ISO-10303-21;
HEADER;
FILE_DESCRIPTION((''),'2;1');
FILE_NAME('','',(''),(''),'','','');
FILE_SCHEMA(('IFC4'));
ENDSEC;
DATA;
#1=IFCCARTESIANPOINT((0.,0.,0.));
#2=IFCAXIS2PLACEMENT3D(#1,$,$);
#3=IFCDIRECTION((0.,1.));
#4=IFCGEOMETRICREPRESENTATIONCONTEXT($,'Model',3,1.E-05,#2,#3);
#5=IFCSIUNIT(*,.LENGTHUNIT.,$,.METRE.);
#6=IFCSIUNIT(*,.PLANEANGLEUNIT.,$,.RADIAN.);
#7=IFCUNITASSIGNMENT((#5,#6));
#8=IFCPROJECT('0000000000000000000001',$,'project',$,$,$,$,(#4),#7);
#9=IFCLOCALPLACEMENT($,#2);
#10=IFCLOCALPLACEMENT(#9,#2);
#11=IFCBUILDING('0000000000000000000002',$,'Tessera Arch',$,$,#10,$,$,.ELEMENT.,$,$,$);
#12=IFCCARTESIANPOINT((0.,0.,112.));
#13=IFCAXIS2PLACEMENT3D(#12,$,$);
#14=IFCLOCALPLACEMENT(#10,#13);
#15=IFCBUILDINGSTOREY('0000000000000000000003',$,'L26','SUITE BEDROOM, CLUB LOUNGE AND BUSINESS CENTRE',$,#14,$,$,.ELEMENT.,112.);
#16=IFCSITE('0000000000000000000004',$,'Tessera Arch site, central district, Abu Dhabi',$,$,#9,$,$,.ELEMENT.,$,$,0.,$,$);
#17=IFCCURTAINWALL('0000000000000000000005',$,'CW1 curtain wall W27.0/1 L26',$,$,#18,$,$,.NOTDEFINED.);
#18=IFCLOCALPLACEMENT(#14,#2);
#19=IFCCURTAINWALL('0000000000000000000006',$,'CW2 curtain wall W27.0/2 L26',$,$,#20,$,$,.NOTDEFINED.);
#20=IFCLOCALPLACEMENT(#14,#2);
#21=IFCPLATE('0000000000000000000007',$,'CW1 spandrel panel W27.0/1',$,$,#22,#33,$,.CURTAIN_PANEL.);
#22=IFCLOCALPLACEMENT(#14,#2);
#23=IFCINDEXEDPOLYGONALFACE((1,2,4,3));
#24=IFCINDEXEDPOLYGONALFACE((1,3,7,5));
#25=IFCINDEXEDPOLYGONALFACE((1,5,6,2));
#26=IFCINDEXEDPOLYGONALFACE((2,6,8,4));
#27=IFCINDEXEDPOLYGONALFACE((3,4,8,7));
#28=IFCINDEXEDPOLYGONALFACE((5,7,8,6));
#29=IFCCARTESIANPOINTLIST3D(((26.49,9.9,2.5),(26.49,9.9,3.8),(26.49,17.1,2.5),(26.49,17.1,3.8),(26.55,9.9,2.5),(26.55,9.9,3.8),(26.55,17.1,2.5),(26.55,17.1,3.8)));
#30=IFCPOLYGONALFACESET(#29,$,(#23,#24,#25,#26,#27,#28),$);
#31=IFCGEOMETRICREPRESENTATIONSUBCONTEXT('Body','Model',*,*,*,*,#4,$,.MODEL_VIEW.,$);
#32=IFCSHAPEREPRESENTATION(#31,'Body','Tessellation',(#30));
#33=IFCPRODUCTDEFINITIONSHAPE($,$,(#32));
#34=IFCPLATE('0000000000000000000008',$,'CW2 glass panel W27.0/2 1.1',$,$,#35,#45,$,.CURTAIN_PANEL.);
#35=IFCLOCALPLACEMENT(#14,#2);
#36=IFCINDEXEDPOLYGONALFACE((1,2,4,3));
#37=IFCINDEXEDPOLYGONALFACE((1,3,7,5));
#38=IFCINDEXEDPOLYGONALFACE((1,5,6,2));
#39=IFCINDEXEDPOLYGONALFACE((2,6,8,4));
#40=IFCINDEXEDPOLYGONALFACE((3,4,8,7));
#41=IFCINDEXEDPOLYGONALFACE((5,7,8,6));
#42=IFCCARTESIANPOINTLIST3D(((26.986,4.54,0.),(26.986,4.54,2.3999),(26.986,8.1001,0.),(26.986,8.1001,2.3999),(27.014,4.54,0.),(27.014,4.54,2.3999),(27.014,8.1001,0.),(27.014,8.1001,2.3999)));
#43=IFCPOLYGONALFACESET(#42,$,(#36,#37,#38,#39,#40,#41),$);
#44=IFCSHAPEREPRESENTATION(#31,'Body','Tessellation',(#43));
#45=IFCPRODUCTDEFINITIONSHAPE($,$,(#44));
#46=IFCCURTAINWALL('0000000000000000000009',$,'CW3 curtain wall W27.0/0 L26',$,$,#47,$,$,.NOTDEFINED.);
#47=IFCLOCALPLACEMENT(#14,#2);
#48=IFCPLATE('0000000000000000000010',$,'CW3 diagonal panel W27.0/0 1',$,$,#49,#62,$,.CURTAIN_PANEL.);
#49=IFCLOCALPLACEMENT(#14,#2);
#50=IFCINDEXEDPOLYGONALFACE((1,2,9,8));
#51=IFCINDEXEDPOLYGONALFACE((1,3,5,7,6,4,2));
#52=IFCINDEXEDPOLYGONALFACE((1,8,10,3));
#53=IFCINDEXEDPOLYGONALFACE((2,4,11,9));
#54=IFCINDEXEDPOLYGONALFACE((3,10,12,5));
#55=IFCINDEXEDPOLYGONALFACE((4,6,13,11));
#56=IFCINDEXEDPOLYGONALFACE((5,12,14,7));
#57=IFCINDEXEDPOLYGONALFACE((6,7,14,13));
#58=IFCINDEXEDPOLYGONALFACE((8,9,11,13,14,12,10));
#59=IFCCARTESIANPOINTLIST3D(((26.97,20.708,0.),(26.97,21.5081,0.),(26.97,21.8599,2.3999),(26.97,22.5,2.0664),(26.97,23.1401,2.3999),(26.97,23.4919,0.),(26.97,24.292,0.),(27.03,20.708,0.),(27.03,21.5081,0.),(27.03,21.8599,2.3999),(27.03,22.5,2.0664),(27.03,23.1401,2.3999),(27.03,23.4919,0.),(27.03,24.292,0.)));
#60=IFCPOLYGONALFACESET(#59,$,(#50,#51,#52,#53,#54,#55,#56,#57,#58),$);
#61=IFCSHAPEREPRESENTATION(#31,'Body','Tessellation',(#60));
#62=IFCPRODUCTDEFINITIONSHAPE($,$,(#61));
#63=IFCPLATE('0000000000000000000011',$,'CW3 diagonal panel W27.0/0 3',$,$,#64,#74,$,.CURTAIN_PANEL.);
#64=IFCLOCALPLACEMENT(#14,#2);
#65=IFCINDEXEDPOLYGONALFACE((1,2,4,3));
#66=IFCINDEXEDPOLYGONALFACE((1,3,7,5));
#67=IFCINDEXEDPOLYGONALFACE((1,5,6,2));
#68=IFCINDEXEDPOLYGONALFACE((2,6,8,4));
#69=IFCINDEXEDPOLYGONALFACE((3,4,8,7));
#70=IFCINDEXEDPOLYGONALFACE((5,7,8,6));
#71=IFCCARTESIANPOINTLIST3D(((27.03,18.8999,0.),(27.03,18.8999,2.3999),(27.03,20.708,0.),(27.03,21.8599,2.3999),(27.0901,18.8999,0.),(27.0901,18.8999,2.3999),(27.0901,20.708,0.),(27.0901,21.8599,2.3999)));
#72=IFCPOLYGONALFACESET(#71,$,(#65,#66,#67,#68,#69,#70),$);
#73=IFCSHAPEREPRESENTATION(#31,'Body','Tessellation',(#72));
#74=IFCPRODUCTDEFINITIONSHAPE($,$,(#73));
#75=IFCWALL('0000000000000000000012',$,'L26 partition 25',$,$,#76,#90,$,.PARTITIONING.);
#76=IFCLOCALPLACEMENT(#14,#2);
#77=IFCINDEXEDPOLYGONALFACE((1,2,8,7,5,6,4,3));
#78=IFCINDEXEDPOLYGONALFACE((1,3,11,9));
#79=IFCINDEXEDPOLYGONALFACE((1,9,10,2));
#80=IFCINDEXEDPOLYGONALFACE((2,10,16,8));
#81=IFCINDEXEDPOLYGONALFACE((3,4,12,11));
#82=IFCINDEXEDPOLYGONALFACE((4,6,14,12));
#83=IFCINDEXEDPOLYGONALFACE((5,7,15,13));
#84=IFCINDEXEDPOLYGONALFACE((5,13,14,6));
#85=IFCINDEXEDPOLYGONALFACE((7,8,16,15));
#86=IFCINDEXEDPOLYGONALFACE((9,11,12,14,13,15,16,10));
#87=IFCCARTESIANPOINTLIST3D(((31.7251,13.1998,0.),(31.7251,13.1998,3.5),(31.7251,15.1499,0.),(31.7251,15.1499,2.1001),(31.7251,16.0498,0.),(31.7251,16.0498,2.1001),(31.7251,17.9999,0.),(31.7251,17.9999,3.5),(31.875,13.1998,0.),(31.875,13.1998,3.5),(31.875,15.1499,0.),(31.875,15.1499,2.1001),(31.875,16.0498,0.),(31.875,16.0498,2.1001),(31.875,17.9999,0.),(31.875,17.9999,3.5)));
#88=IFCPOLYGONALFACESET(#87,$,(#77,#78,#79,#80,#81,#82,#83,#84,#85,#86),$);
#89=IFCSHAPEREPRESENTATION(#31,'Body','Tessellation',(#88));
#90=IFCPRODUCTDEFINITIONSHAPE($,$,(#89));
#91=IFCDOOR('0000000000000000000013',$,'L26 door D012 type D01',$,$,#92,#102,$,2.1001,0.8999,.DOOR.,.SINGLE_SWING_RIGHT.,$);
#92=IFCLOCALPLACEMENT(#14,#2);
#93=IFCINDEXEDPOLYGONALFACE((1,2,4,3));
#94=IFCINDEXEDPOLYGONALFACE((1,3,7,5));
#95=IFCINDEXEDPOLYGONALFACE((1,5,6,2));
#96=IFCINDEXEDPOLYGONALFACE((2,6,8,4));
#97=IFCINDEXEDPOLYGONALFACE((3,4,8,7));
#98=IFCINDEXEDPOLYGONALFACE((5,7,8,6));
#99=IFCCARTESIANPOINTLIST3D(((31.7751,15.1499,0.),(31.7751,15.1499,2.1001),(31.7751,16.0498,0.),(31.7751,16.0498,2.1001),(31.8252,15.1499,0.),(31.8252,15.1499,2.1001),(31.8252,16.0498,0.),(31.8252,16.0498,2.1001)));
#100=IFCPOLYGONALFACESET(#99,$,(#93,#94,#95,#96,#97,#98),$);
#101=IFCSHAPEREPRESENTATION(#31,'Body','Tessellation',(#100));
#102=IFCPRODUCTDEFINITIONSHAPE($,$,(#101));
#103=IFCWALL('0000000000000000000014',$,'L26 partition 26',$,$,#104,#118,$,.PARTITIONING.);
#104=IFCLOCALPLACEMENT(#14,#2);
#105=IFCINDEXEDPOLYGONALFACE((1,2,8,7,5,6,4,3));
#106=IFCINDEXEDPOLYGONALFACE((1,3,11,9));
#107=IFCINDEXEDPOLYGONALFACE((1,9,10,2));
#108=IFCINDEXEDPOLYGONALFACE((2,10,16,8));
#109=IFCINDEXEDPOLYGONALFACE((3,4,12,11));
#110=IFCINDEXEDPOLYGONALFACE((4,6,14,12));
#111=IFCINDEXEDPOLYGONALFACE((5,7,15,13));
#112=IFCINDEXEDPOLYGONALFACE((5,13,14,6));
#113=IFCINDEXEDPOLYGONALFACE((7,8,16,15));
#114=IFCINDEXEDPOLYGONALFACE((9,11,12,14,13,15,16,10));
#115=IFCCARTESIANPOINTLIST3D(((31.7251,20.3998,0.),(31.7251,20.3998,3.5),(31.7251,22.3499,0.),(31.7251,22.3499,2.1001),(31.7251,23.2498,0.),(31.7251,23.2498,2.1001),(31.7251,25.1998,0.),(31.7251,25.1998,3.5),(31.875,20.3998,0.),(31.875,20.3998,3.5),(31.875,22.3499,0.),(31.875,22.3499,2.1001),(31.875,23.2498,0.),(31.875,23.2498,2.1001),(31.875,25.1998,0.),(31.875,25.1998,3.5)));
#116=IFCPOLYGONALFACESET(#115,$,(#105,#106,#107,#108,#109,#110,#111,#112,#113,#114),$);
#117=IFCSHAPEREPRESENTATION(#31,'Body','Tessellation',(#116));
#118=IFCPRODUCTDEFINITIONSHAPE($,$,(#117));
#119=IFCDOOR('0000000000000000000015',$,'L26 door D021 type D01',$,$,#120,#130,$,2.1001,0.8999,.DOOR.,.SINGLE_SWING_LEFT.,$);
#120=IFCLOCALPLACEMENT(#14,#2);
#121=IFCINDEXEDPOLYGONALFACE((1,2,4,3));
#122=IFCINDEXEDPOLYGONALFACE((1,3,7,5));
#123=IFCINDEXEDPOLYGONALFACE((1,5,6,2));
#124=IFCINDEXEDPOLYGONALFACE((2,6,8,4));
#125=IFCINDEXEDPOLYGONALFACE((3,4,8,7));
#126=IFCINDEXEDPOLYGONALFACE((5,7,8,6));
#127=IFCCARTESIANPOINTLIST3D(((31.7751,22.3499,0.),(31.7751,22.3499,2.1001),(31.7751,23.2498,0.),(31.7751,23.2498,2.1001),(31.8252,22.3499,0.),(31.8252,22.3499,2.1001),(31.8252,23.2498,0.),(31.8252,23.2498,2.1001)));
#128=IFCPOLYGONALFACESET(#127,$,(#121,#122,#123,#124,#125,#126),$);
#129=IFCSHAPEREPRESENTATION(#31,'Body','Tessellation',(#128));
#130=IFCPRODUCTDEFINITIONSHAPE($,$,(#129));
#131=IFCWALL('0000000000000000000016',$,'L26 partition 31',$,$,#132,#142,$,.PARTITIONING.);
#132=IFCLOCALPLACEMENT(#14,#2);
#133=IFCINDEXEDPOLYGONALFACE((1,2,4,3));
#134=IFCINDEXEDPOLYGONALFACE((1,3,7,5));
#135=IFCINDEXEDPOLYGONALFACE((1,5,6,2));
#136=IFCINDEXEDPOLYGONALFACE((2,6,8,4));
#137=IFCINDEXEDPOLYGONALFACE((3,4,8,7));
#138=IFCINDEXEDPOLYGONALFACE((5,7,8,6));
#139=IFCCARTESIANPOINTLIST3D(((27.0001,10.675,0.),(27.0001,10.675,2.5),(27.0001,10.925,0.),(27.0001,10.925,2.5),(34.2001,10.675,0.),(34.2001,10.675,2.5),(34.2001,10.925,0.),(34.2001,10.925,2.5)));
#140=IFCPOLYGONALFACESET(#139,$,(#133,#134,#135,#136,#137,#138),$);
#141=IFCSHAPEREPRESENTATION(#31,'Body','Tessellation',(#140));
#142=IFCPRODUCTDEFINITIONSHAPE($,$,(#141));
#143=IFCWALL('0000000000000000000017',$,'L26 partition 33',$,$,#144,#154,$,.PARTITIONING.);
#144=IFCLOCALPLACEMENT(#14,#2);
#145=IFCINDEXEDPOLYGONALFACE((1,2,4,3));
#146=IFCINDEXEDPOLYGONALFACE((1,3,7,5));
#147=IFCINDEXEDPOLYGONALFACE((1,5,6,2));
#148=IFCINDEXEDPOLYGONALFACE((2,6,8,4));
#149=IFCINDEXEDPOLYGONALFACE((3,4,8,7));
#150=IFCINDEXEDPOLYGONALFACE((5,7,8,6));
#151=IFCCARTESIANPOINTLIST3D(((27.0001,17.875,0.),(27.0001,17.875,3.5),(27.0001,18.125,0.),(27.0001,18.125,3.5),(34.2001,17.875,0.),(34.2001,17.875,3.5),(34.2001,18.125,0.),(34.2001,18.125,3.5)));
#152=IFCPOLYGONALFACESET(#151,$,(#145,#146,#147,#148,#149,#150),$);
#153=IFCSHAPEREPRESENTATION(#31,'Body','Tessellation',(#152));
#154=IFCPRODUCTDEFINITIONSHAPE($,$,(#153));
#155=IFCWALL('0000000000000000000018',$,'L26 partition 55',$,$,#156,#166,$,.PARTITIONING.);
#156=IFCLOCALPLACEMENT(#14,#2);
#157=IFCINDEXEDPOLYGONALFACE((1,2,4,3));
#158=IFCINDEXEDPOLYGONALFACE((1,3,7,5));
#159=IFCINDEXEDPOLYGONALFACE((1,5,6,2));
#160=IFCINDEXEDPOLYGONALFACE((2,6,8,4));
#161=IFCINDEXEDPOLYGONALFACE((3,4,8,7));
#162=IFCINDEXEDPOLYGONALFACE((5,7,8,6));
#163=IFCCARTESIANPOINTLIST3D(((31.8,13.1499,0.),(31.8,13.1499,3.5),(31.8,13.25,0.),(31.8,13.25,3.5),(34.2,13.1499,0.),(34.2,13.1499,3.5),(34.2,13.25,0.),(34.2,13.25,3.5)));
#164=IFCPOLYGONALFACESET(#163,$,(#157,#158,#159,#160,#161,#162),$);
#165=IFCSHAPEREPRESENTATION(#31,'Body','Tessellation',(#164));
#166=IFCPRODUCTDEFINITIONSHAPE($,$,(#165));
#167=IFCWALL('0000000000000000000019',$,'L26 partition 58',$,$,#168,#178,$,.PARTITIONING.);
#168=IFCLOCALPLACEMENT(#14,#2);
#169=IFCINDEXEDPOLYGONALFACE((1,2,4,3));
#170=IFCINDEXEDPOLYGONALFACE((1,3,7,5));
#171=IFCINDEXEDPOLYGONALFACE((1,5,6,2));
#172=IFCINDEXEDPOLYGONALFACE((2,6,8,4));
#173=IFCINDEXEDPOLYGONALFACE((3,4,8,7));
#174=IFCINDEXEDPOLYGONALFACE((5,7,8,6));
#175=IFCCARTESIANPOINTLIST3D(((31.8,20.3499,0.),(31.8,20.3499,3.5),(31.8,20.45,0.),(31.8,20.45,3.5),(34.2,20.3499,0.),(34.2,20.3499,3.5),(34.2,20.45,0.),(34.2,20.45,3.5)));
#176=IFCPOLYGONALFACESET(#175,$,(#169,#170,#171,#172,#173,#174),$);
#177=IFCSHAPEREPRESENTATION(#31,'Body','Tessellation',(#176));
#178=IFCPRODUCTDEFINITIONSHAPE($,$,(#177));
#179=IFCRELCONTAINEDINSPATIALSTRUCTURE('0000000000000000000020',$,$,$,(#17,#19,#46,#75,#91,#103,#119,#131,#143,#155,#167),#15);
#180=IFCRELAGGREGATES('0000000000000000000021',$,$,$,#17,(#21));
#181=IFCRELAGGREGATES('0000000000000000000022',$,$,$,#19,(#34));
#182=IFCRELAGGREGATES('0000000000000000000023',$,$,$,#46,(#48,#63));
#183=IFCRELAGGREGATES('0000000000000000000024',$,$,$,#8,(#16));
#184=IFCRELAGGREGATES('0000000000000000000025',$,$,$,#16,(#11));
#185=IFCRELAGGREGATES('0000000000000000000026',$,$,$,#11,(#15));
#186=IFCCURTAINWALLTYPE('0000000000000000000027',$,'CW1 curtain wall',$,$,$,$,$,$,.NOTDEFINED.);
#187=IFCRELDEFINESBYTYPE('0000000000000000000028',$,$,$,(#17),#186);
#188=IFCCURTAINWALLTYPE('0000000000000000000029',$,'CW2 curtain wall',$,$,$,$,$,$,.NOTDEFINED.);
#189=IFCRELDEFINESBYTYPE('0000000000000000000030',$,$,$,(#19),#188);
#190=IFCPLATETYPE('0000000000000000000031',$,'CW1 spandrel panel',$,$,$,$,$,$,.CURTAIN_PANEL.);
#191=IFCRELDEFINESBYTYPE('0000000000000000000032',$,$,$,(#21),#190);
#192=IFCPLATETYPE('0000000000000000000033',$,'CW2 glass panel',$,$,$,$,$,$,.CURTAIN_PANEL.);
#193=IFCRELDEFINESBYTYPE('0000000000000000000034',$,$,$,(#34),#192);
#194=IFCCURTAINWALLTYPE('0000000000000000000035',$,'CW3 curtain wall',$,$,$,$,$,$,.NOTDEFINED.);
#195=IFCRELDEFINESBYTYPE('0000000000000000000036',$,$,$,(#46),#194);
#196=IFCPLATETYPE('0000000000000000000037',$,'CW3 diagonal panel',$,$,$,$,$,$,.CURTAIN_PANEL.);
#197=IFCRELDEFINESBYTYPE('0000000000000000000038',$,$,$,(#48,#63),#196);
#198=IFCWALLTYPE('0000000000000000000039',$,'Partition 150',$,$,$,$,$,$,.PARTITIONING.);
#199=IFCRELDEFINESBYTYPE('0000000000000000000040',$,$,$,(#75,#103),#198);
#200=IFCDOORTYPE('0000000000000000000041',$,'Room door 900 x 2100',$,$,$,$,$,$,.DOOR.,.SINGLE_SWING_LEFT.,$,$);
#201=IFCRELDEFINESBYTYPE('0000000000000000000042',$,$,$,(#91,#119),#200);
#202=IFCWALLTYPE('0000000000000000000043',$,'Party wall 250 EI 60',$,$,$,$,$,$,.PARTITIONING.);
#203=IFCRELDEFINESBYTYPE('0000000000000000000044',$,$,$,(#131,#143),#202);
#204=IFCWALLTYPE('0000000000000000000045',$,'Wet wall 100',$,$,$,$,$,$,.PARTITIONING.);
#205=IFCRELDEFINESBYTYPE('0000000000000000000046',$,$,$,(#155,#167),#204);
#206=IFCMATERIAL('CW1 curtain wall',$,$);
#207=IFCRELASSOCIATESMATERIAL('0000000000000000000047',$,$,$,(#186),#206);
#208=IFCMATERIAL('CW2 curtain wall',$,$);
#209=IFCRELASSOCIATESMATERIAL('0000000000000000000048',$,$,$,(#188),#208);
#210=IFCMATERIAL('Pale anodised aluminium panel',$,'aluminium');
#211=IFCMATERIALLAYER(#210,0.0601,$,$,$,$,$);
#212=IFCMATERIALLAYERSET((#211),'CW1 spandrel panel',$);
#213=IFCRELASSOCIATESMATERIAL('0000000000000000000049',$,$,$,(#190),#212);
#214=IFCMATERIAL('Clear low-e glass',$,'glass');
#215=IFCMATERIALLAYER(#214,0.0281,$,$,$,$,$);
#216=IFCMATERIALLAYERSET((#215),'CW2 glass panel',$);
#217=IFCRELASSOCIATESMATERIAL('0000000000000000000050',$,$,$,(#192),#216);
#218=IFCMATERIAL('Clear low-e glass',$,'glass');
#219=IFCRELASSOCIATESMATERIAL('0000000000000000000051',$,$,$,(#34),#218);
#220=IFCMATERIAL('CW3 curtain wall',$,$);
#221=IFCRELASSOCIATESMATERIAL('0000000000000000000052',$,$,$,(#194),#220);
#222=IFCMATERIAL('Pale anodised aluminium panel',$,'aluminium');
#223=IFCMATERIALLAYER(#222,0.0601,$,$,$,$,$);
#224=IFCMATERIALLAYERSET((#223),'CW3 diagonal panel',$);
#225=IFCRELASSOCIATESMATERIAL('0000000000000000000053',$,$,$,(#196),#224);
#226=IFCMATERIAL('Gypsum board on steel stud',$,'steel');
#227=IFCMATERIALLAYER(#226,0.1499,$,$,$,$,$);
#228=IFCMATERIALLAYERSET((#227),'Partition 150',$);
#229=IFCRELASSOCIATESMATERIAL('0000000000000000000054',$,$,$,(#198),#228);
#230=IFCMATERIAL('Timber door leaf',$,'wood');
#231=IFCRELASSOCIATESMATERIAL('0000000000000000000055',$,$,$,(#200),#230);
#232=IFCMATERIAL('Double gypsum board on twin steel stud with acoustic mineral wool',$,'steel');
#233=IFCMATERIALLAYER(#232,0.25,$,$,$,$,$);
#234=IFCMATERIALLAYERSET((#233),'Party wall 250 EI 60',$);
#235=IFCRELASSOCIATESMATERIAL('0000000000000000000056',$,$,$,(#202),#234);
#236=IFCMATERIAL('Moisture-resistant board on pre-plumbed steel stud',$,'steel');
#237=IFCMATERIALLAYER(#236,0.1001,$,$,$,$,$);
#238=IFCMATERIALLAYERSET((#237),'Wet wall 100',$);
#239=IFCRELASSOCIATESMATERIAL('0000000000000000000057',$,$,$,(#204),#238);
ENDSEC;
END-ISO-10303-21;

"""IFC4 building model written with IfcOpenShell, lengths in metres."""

from ifc_helpers import new_model, si_unit, direction, frame, frame_2d, origin, origin_2d, place, context, subcontext, project, spatial, polyline, rectangle, outline, extrude, material, layer, layer_set, type_object, element, fill, aggregate, save


model = new_model("IFC4")

# Units and contexts
model_context = context("Model", 3, precision=1e-05, world=origin(), true_north=direction((0.0, 1.0)))
body_context = subcontext(model_context, "Body", "Model", "MODEL_VIEW")
ifc_project = project(units=[si_unit("LENGTHUNIT", "METRE"), si_unit("PLANEANGLEUNIT", "RADIAN")], contexts=[model_context])

# Site, building, storey
site_placement = place(None, origin())
site = spatial("IfcSite", under=ifc_project, at=site_placement, Name="Tessera Arch site, central district, Abu Dhabi", CompositionType="ELEMENT", RefElevation=0.0)
building_placement = place(site_placement, origin())
building = spatial("IfcBuilding", under=site, at=building_placement, Name="Tessera Arch", CompositionType="ELEMENT")
storey_placement = place(building_placement, frame((0.0, 0.0, 112.0)))
storey = spatial("IfcBuildingStorey", under=building, at=storey_placement, Name="L26", Description="SUITE BEDROOM, CLUB LOUNGE AND BUSINESS CENTRE", CompositionType="ELEMENT", Elevation=112.0)

# Curtain wall
ifc_material_1 = material(Name="CW1 curtain wall")
curtain_wall_type_1 = type_object("IfcCurtainWallType", Name="CW1 curtain wall", PredefinedType="NOTDEFINED", material=ifc_material_1)
curtain_wall_1_placement = place(storey_placement, origin())
curtain_wall_1 = element("IfcCurtainWall", 1, at=curtain_wall_1_placement, inside=storey, type_object=curtain_wall_type_1, Name="CW1 curtain wall W27.0/1 L26", PredefinedType="NOTDEFINED")

# Curtain wall
ifc_material_2 = material(Name="CW2 curtain wall")
curtain_wall_type_2 = type_object("IfcCurtainWallType", Name="CW2 curtain wall", PredefinedType="NOTDEFINED", material=ifc_material_2)
curtain_wall_2_placement = place(storey_placement, origin())
curtain_wall_2 = element("IfcCurtainWall", 2, at=curtain_wall_2_placement, inside=storey, type_object=curtain_wall_type_2, Name="CW2 curtain wall W27.0/2 L26", PredefinedType="NOTDEFINED")

# Plates
ifc_material_3 = material(Name="Clear low-e glass", Category="glass")
ifc_material_4 = material(Name="Pale anodised aluminium panel", Category="aluminium")
ifc_layer_1 = layer(ifc_material_4, 0.0601)
ifc_layer_set_1 = layer_set([ifc_layer_1], Name="CW1 spandrel panel")
plate_type_1 = type_object("IfcPlateType", Name="CW1 spandrel panel", PredefinedType="CURTAIN_PANEL", material=ifc_layer_set_1)
plate_1_placement = place(storey_placement, frame((26.52, 13.5, 2.5), z_axis=(0.0, 0.0, 1.0), x_axis=(0.0, -1.0, 0.0)))
plate_1 = element("IfcPlate", 3, at=plate_1_placement, type_object=plate_type_1, Name="CW1 spandrel panel W27.0/1", PredefinedType="CURTAIN_PANEL", context=body_context, shape_type="SweptSolid", body=[
    extrude(rectangle(XDim=7.2, YDim=0.0601, at=origin_2d()), origin(), (0.0, 0.0, 1.0), 1.3),
])
aggregate(curtain_wall_1, [plate_1])
ifc_material_5 = material(Name="Clear low-e glass", Category="glass")
ifc_layer_2 = layer(ifc_material_5, 0.0281)
ifc_layer_set_2 = layer_set([ifc_layer_2], Name="CW2 glass panel")
plate_type_2 = type_object("IfcPlateType", Name="CW2 glass panel", PredefinedType="CURTAIN_PANEL", material=ifc_layer_set_2)
plate_2_placement = place(storey_placement, frame((27.0, 6.3201, 0.0), z_axis=(0.0, 0.0, 1.0), x_axis=(0.0, -1.0, 0.0)))
plate_2 = element("IfcPlate", 4, at=plate_2_placement, type_object=plate_type_2, material=ifc_material_3, Name="CW2 glass panel W27.0/2 1.1", PredefinedType="CURTAIN_PANEL", context=body_context, shape_type="SweptSolid", body=[
    extrude(rectangle(XDim=3.5601, YDim=0.0281, at=origin_2d()), origin(), (0.0, 0.0, 1.0), 2.3999),
])
aggregate(curtain_wall_2, [plate_2])

# Curtain wall, plates
ifc_material_6 = material(Name="CW3 curtain wall")
curtain_wall_type_3 = type_object("IfcCurtainWallType", Name="CW3 curtain wall", PredefinedType="NOTDEFINED", material=ifc_material_6)
curtain_wall_3_placement = place(storey_placement, origin())
curtain_wall_3 = element("IfcCurtainWall", 5, at=curtain_wall_3_placement, inside=storey, type_object=curtain_wall_type_3, Name="CW3 curtain wall W27.0/0 L26", PredefinedType="NOTDEFINED")
ifc_material_7 = material(Name="Pale anodised aluminium panel", Category="aluminium")
ifc_layer_3 = layer(ifc_material_7, 0.0601)
ifc_layer_set_3 = layer_set([ifc_layer_3], Name="CW3 diagonal panel")
plate_type_3 = type_object("IfcPlateType", Name="CW3 diagonal panel", PredefinedType="CURTAIN_PANEL", material=ifc_layer_set_3)
plate_3_placement = place(storey_placement, frame((26.97, 21.8599, 2.3999), z_axis=(-1.0, 0.0, 0.0), x_axis=(0.0, 1.0, 0.0)))
plate_3 = element("IfcPlate", 6, at=plate_3_placement, type_object=plate_type_3, Name="CW3 diagonal panel W27.0/0 1", PredefinedType="CURTAIN_PANEL", context=body_context, shape_type="SweptSolid", body=[
    extrude(outline(polyline([(0.0, 0.0), (1.2803, 0.0), (2.4321, 2.3999), (1.6321, 2.3999), (0.6401, 0.3335), (-0.3518, 2.3999), (-1.1519, 2.3999), (0.0, 0.0)])), origin(), (0.0, 0.0, -1.0), 0.0601),
])
plate_4_placement = place(storey_placement, frame((27.03, 18.8999, 2.3999), z_axis=(-1.0, 0.0, 0.0), x_axis=(0.0, 1.0, 0.0)))
plate_4 = element("IfcPlate", 7, at=plate_4_placement, type_object=plate_type_3, Name="CW3 diagonal panel W27.0/0 3", PredefinedType="CURTAIN_PANEL", context=body_context, shape_type="SweptSolid", body=[
    extrude(outline(polyline([(0.0, 0.0), (2.96, 0.0), (1.8081, 2.3999), (0.0, 2.3999), (0.0, 0.0)])), origin(), (0.0, 0.0, -1.0), 0.0601),
])
aggregate(curtain_wall_3, [plate_3, plate_4])

# Walls, openings, doors
ifc_material_8 = material(Name="Gypsum board on steel stud", Category="steel")
ifc_layer_4 = layer(ifc_material_8, 0.1499)
ifc_layer_set_4 = layer_set([ifc_layer_4], Name="Partition 150")
wall_type_1 = type_object("IfcWallType", Name="Partition 150", PredefinedType="PARTITIONING", material=ifc_layer_set_4)
wall_1_placement = place(storey_placement, frame((31.8, 13.2, 0.0), z_axis=(0.0, 0.0, 1.0), x_axis=(0.0, 1.0, 0.0)))
wall_1 = element("IfcWall", 8, at=wall_1_placement, inside=storey, type_object=wall_type_1, Name="L26 partition 25", PredefinedType="PARTITIONING", context=body_context, shape_type="SweptSolid", body=[
    extrude(rectangle(XDim=4.8, YDim=0.1499, at=frame_2d((2.3999, 0.0))), origin(), (0.0, 0.0, 1.0), 3.5),
])
opening_1_placement = place(wall_1_placement, frame((1.95, 0.0, 0.0)))
opening_1 = element("IfcOpeningElement", 9, at=opening_1_placement, cuts=wall_1, PredefinedType="OPENING", context=body_context, shape_type="SweptSolid", body=[
    extrude(rectangle(XDim=0.8999, YDim=2.1001, at=frame_2d((0.45, 1.05))), frame((0.0, 0.085, 0.0), z_axis=(0.0, -1.0, 0.0), x_axis=(1.0, 0.0, 0.0)), (0.0, 0.0, 1.0), 0.1699),
])
ifc_material_9 = material(Name="Timber door leaf", Category="wood")
door_type = type_object("IfcDoorType", Name="Room door 900 x 2100", OperationType="SINGLE_SWING_LEFT", PredefinedType="DOOR", material=ifc_material_9)
door_1_placement = place(opening_1_placement, origin())
door_1 = element("IfcDoor", 10, at=door_1_placement, inside=storey, type_object=door_type, Name="L26 door D012 type D01", OperationType="SINGLE_SWING_RIGHT", OverallHeight=2.1001, OverallWidth=0.8999, PredefinedType="DOOR", context=body_context, shape_type="SweptSolid", body=[
    extrude(rectangle(XDim=0.8999, YDim=2.1001, at=frame_2d((0.45, 1.05))), frame((0.0, 0.0249, 0.0), z_axis=(0.0, -1.0, 0.0), x_axis=(1.0, 0.0, 0.0)), (0.0, 0.0, 1.0), 0.05),
])
fill(opening_1, door_1)
wall_2_placement = place(storey_placement, frame((31.8, 20.3999, 0.0), z_axis=(0.0, 0.0, 1.0), x_axis=(0.0, 1.0, 0.0)))
wall_2 = element("IfcWall", 11, at=wall_2_placement, inside=storey, type_object=wall_type_1, Name="L26 partition 26", PredefinedType="PARTITIONING", context=body_context, shape_type="SweptSolid", body=[
    extrude(rectangle(XDim=4.8, YDim=0.1499, at=frame_2d((2.3999, 0.0))), origin(), (0.0, 0.0, 1.0), 3.5),
])
opening_2_placement = place(wall_2_placement, frame((1.95, 0.0, 0.0)))
opening_2 = element("IfcOpeningElement", 12, at=opening_2_placement, cuts=wall_2, PredefinedType="OPENING", context=body_context, shape_type="SweptSolid", body=[
    extrude(rectangle(XDim=0.8999, YDim=2.1001, at=frame_2d((0.45, 1.05))), frame((0.0, 0.085, 0.0), z_axis=(0.0, -1.0, 0.0), x_axis=(1.0, 0.0, 0.0)), (0.0, 0.0, 1.0), 0.1699),
])
door_2_placement = place(opening_2_placement, origin())
door_2 = element("IfcDoor", 13, at=door_2_placement, inside=storey, type_object=door_type, Name="L26 door D021 type D01", OperationType="SINGLE_SWING_LEFT", OverallHeight=2.1001, OverallWidth=0.8999, PredefinedType="DOOR", context=body_context, shape_type="SweptSolid", body=[
    extrude(rectangle(XDim=0.8999, YDim=2.1001, at=frame_2d((0.45, 1.05))), frame((0.0, 0.0249, 0.0), z_axis=(0.0, -1.0, 0.0), x_axis=(1.0, 0.0, 0.0)), (0.0, 0.0, 1.0), 0.05),
])
fill(opening_2, door_2)

# Walls
ifc_material_10 = material(Name="Double gypsum board on twin steel stud with acoustic mineral wool", Category="steel")
ifc_layer_5 = layer(ifc_material_10, 0.25)
ifc_layer_set_5 = layer_set([ifc_layer_5], Name="Party wall 250 EI 60")
wall_type_2 = type_object("IfcWallType", Name="Party wall 250 EI 60", PredefinedType="PARTITIONING", material=ifc_layer_set_5)
wall_3_placement = place(storey_placement, frame((27.0, 10.8, 0.0), z_axis=(0.0, 0.0, 1.0), x_axis=(1.0, 0.0, 0.0)))
element("IfcWall", 14, at=wall_3_placement, inside=storey, type_object=wall_type_2, Name="L26 partition 31", PredefinedType="PARTITIONING", context=body_context, shape_type="SweptSolid", body=[
    extrude(rectangle(XDim=7.2, YDim=0.25, at=frame_2d((3.6001, 0.0))), origin(), (0.0, 0.0, 1.0), 2.5),
])
wall_4_placement = place(storey_placement, frame((27.0, 18.0, 0.0), z_axis=(0.0, 0.0, 1.0), x_axis=(1.0, 0.0, 0.0)))
element("IfcWall", 15, at=wall_4_placement, inside=storey, type_object=wall_type_2, Name="L26 partition 33", PredefinedType="PARTITIONING", context=body_context, shape_type="SweptSolid", body=[
    extrude(rectangle(XDim=7.2, YDim=0.25, at=frame_2d((3.6001, 0.0))), origin(), (0.0, 0.0, 1.0), 3.5),
])
ifc_material_11 = material(Name="Moisture-resistant board on pre-plumbed steel stud", Category="steel")
ifc_layer_6 = layer(ifc_material_11, 0.1001)
ifc_layer_set_6 = layer_set([ifc_layer_6], Name="Wet wall 100")
wall_type_3 = type_object("IfcWallType", Name="Wet wall 100", PredefinedType="PARTITIONING", material=ifc_layer_set_6)
for number, where, z_axis, x_axis, name in (
    (16, (31.8, 13.2, 0.0), (0.0, 0.0, 1.0), (1.0, 0.0, 0.0), "L26 partition 55"),
    (17, (31.8, 20.3999, 0.0), (0.0, 0.0, 1.0), (1.0, 0.0, 0.0), "L26 partition 58"),
):
    element("IfcWall", number, at=place(storey_placement, frame(where, z_axis=z_axis, x_axis=x_axis)), inside=storey, type_object=wall_type_3, Name=name, PredefinedType="PARTITIONING", context=body_context, shape_type="SweptSolid", body=[
        extrude(rectangle(XDim=2.3999, YDim=0.1001, at=frame_2d((1.2, 0.0))), origin(), (0.0, 0.0, 1.0), 3.5),
    ])

save(model, "model.ifc")
